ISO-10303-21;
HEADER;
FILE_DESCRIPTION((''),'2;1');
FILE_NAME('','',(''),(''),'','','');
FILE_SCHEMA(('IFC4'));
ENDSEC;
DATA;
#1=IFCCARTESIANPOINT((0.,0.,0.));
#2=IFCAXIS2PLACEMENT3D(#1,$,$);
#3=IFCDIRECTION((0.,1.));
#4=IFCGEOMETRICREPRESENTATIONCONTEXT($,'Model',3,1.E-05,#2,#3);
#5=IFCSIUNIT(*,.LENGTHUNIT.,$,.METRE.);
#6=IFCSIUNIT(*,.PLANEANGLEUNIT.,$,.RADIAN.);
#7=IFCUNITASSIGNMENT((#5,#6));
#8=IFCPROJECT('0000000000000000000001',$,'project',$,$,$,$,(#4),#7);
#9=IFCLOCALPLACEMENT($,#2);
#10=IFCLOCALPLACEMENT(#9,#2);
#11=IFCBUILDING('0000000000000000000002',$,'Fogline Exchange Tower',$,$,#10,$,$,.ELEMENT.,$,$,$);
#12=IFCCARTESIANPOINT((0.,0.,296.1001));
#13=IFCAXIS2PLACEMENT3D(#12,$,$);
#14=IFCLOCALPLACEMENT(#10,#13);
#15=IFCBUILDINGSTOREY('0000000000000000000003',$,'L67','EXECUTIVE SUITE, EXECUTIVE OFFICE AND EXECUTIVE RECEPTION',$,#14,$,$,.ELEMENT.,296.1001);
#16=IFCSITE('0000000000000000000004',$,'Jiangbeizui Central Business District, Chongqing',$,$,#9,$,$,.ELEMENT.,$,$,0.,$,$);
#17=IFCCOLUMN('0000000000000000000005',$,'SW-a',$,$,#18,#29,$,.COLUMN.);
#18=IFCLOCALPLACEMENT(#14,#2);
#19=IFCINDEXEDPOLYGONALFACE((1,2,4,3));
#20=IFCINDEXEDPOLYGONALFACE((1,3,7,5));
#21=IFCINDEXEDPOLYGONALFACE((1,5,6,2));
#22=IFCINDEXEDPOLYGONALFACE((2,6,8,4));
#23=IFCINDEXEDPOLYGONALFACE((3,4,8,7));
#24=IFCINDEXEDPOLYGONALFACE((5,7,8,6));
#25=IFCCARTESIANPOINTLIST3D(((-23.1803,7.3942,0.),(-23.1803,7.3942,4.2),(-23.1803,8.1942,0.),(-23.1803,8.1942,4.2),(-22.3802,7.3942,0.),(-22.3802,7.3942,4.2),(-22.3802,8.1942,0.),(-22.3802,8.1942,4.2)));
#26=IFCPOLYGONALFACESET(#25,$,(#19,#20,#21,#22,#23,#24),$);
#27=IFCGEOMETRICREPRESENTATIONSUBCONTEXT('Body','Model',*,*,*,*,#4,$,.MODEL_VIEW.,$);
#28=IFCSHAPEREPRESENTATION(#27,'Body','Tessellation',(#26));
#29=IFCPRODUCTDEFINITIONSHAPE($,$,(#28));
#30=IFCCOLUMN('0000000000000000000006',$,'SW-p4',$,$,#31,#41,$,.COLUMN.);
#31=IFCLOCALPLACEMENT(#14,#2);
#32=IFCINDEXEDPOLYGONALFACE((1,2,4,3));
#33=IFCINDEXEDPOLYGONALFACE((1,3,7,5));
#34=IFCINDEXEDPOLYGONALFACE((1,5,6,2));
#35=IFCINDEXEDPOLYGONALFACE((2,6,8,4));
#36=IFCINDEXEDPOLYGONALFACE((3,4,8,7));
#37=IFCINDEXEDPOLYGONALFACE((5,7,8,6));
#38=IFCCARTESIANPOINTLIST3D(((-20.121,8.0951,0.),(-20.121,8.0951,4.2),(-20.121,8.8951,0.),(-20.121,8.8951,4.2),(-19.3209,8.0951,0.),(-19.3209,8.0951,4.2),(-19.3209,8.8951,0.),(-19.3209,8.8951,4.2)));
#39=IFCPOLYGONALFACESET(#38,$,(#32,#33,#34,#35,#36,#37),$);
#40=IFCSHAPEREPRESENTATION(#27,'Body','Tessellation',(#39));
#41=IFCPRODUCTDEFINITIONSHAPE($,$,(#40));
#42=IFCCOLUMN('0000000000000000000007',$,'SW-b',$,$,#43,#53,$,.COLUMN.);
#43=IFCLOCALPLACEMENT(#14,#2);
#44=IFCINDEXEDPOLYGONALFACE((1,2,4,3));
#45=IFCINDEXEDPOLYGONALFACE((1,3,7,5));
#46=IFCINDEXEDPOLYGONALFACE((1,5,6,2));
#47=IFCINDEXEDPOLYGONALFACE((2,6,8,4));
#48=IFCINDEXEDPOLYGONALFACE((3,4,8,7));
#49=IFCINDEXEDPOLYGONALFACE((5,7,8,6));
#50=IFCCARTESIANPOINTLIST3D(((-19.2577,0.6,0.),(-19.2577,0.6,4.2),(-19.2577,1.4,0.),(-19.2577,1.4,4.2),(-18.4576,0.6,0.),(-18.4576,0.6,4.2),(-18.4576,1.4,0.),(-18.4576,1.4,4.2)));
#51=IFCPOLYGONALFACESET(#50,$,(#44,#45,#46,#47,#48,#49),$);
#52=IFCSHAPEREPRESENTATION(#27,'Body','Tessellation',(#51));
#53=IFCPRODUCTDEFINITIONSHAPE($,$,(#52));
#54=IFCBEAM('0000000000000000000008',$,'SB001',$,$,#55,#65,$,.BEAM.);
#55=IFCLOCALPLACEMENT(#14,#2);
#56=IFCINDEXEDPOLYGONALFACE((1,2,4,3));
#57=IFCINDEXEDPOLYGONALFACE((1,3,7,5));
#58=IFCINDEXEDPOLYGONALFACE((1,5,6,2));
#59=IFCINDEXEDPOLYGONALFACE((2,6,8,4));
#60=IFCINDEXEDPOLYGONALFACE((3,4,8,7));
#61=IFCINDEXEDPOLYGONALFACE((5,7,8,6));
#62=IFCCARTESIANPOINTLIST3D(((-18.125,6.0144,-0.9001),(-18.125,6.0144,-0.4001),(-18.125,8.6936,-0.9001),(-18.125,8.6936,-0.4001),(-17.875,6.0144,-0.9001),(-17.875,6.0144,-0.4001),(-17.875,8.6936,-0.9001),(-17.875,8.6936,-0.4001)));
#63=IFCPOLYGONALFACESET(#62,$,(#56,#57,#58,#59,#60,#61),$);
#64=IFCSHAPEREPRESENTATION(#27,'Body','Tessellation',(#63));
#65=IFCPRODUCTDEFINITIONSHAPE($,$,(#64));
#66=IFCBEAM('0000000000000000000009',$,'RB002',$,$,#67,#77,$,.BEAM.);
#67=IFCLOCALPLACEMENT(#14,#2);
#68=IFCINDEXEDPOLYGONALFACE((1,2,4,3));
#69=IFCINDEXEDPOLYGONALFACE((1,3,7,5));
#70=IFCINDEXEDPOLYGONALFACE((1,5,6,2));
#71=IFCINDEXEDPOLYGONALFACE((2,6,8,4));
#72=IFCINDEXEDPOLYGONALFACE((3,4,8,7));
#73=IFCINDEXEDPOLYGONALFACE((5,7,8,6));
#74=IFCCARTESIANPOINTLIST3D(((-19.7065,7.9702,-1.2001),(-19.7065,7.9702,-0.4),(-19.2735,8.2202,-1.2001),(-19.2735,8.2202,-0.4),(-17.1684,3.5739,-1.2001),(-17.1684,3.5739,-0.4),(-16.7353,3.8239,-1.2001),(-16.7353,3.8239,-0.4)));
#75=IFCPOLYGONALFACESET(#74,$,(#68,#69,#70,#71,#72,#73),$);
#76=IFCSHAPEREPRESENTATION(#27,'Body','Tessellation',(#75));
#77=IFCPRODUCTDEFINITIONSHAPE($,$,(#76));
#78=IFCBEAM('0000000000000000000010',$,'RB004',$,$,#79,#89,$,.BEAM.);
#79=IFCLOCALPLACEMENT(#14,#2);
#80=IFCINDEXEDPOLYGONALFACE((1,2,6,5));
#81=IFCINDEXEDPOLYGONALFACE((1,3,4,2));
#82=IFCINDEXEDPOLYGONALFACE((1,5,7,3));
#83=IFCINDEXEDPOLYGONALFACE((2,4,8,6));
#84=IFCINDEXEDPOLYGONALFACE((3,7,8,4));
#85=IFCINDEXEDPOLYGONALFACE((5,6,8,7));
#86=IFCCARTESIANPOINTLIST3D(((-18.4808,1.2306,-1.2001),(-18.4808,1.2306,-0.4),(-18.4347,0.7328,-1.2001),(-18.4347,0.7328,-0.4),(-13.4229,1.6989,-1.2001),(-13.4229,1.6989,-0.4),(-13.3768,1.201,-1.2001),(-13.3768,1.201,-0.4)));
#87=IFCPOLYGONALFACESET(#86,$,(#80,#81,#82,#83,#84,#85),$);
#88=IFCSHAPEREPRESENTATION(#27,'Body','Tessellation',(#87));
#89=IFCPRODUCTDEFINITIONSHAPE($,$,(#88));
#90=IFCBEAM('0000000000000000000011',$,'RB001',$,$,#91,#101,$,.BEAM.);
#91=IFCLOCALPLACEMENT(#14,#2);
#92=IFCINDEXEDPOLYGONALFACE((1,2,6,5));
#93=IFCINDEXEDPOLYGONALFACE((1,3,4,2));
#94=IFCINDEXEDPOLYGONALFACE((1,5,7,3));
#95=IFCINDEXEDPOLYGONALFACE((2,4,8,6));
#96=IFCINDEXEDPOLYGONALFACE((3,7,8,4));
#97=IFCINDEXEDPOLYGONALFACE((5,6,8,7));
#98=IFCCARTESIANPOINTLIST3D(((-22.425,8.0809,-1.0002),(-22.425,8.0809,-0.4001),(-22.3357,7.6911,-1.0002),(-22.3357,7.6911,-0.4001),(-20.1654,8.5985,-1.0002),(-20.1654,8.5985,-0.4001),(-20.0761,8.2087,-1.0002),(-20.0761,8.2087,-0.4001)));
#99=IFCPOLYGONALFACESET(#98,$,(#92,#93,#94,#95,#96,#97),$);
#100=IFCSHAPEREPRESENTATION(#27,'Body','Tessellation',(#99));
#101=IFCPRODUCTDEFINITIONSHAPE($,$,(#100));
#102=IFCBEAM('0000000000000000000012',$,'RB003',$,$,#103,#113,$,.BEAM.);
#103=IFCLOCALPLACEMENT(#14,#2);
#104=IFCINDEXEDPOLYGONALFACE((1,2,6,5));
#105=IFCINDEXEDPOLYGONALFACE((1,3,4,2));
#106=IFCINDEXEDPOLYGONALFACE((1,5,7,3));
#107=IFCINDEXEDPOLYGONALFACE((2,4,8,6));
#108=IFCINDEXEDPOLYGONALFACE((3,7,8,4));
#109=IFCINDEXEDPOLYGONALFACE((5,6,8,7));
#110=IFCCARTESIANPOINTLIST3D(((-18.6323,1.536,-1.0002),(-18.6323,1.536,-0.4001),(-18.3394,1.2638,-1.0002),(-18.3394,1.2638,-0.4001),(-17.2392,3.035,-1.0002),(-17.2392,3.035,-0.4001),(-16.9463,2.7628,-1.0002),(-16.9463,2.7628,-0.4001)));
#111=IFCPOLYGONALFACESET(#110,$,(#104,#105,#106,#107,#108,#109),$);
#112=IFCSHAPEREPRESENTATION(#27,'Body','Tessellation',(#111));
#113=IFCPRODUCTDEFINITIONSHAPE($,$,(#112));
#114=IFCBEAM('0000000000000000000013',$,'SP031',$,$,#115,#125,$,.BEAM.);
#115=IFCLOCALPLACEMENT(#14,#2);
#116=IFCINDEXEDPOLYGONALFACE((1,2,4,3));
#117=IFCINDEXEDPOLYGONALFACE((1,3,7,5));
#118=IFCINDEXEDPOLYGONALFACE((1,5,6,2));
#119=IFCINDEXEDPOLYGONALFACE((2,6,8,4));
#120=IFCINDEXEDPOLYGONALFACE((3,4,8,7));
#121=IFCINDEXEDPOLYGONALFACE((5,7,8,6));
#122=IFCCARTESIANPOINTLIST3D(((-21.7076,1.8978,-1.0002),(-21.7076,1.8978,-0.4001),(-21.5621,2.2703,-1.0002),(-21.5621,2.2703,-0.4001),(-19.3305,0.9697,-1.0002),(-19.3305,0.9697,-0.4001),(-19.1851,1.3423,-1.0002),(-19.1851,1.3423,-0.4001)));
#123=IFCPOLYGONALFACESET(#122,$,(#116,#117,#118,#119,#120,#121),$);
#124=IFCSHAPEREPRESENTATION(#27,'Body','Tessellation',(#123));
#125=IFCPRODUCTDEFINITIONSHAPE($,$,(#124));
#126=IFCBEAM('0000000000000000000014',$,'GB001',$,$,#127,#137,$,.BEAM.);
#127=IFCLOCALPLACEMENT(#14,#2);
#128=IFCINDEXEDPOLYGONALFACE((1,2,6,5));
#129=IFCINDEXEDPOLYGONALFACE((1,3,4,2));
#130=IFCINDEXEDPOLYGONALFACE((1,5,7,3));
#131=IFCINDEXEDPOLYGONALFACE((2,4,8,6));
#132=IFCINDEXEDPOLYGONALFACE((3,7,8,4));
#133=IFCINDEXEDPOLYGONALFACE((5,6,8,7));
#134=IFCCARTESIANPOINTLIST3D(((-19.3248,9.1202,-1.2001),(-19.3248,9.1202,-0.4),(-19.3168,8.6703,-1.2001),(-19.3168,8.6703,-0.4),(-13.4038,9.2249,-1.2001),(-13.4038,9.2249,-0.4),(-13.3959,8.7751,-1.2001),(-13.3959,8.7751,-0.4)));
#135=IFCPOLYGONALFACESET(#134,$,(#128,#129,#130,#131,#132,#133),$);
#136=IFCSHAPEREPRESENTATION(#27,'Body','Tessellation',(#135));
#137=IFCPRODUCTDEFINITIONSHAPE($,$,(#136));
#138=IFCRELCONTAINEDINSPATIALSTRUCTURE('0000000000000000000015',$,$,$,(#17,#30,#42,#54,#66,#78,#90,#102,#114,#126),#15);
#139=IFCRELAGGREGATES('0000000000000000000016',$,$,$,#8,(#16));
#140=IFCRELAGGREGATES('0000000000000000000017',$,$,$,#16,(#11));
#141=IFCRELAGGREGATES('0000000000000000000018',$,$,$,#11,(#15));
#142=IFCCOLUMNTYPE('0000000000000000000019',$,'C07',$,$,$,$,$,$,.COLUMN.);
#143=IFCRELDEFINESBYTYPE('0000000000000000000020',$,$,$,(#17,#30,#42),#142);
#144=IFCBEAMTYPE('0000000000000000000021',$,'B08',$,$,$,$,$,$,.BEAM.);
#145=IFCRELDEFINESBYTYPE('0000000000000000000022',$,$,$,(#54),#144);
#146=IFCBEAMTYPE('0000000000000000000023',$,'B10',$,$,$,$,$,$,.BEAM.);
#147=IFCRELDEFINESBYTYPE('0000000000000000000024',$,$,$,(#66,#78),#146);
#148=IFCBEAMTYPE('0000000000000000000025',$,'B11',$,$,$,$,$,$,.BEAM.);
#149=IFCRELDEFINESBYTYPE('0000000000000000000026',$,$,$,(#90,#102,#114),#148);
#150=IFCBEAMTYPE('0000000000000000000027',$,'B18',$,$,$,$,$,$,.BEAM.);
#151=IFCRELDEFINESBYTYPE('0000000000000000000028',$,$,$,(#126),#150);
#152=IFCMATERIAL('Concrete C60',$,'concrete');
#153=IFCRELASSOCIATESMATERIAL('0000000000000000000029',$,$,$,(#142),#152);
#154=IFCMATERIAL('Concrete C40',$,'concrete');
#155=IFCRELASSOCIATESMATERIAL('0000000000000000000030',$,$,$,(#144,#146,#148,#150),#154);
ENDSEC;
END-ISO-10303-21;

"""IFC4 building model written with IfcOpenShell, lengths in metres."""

from ifc_helpers import new_model, si_unit, direction, frame, origin, origin_2d, place, context, subcontext, project, spatial, rectangle, extrude, material, material_profile, profile_set, type_object, element, save


model = new_model("IFC4")

# Units and contexts
model_context = context("Model", 3, precision=1e-05, world=origin(), true_north=direction((0.0, 1.0)))
body_context = subcontext(model_context, "Body", "Model", "MODEL_VIEW")
ifc_project = project(units=[si_unit("LENGTHUNIT", "METRE"), si_unit("PLANEANGLEUNIT", "RADIAN")], contexts=[model_context])

# Site, building, storey
site_placement = place(None, origin())
site = spatial("IfcSite", under=ifc_project, at=site_placement, Name="Jiangbeizui Central Business District, Chongqing", CompositionType="ELEMENT", RefElevation=0.0)
building_placement = place(site_placement, origin())
building = spatial("IfcBuilding", under=site, at=building_placement, Name="Fogline Exchange Tower", CompositionType="ELEMENT")
storey_placement = place(building_placement, frame((0.0, 0.0, 296.1001)))
storey = spatial("IfcBuildingStorey", under=building, at=storey_placement, Name="L67", Description="EXECUTIVE SUITE, EXECUTIVE OFFICE AND EXECUTIVE RECEPTION", CompositionType="ELEMENT", Elevation=296.1001)

# Columns
ifc_material_1 = material(Name="Concrete C60", Category="concrete")
ifc_material_profile_1 = material_profile(ifc_material_1, rectangle(XDim=0.8, YDim=0.8, at=origin_2d()), Name="RC 800x800")
ifc_profile_set_1 = profile_set([ifc_material_profile_1], Name="Concrete C60")
column_type = type_object("IfcColumnType", Name="C07", PredefinedType="COLUMN", material=ifc_profile_set_1)
for number, where, z_axis, x_axis, name in (
    (1, (-22.7803, 7.7942, 0.0), (0.0, 0.0, 1.0), (1.0, 0.0, 0.0), "SW-a"),
    (2, (-19.7209, 8.4951, 0.0), (0.0, 0.0, 1.0), (1.0, 0.0, 0.0), "SW-p4"),
    (3, (-18.8577, 1.0, 0.0), (0.0, 0.0, 1.0), (1.0, 0.0, 0.0), "SW-b"),
):
    element("IfcColumn", number, at=place(storey_placement, frame(where, z_axis=z_axis, x_axis=x_axis)), inside=storey, type_object=column_type, Name=name, PredefinedType="COLUMN", context=body_context, shape_type="SweptSolid", body=[
        extrude(rectangle(XDim=0.8, YDim=0.8, at=origin_2d()), origin(), (0.0, 0.0, 1.0), 4.2),
    ])

# Beams
ifc_material_2 = material(Name="Concrete C40", Category="concrete")
ifc_material_profile_2 = material_profile(ifc_material_2, rectangle(XDim=0.25, YDim=0.5, at=origin_2d()), Name="RC 250x500")
ifc_profile_set_2 = profile_set([ifc_material_profile_2], Name="Concrete C40")
beam_type_1 = type_object("IfcBeamType", Name="B08", PredefinedType="BEAM", material=ifc_profile_set_2)
beam_1_placement = place(storey_placement, frame((-18.0, 6.0144, -0.6501), z_axis=(0.0, 1.0, 0.0), x_axis=(-1.0, 0.0, 0.0)))
element("IfcBeam", 4, at=beam_1_placement, inside=storey, type_object=beam_type_1, Name="SB001", PredefinedType="BEAM", context=body_context, shape_type="SweptSolid", body=[
    extrude(rectangle(XDim=0.25, YDim=0.5, at=origin_2d()), origin(), (0.0, 0.0, 1.0), 2.6792),
])
ifc_material_profile_3 = material_profile(ifc_material_2, rectangle(XDim=0.5, YDim=0.8, at=origin_2d()), Name="RC 500x800")
ifc_profile_set_3 = profile_set([ifc_material_profile_3], Name="Concrete C40")
beam_type_2 = type_object("IfcBeamType", Name="B10", PredefinedType="BEAM", material=ifc_profile_set_3)
beam_2_placement = place(storey_placement, frame((-19.49, 8.0952, -0.8), z_axis=(0.499988, -0.866033, 0.0), x_axis=(0.866033, 0.499988, 0.0)))
element("IfcBeam", 5, at=beam_2_placement, inside=storey, type_object=beam_type_2, Name="RB002", PredefinedType="BEAM", context=body_context, shape_type="SweptSolid", body=[
    extrude(rectangle(XDim=0.5, YDim=0.8, at=origin_2d()), origin(), (0.0, 0.0, 1.0), 5.0764),
])
beam_3_placement = place(storey_placement, frame((-18.4578, 0.9817, -0.8), z_axis=(0.995742, 0.092187, 0.0), x_axis=(-0.092187, 0.995742, 0.0)))
element("IfcBeam", 6, at=beam_3_placement, inside=storey, type_object=beam_type_2, Name="RB004", PredefinedType="BEAM", context=body_context, shape_type="SweptSolid", body=[
    extrude(rectangle(XDim=0.5, YDim=0.8, at=origin_2d()), origin(), (0.0, 0.0, 1.0), 5.0796),
])
ifc_material_profile_4 = material_profile(ifc_material_2, rectangle(XDim=0.3999, YDim=0.6001, at=origin_2d()), Name="RC 400x600")
ifc_profile_set_4 = profile_set([ifc_material_profile_4], Name="Concrete C40")
beam_type_3 = type_object("IfcBeamType", Name="B11", PredefinedType="BEAM", material=ifc_profile_set_4)
beam_4_placement = place(storey_placement, frame((-22.3804, 7.886, -0.7002), z_axis=(0.974754, 0.223282, 0.0), x_axis=(-0.223282, 0.974754, 0.0)))
element("IfcBeam", 7, at=beam_4_placement, inside=storey, type_object=beam_type_3, Name="RB001", PredefinedType="BEAM", context=body_context, shape_type="SweptSolid", body=[
    extrude(rectangle(XDim=0.3999, YDim=0.6001, at=origin_2d()), origin(), (0.0, 0.0, 1.0), 2.3181),
])
beam_5_placement = place(storey_placement, frame((-17.0928, 2.8989, -0.7002), z_axis=(-0.680744, -0.732521, 0.0), x_axis=(0.732521, -0.680744, 0.0)))
element("IfcBeam", 8, at=beam_5_placement, inside=storey, type_object=beam_type_3, Name="RB003", PredefinedType="BEAM", context=body_context, shape_type="SweptSolid", body=[
    extrude(rectangle(XDim=0.3999, YDim=0.6001, at=origin_2d()), origin(), (0.0, 0.0, 1.0), 2.0464),
])
beam_6_placement = place(storey_placement, frame((-19.2578, 1.156, -0.7002), z_axis=(-0.931526, 0.363674, 0.0), x_axis=(-0.363674, -0.931526, 0.0)))
element("IfcBeam", 9, at=beam_6_placement, inside=storey, type_object=beam_type_3, Name="SP031", PredefinedType="BEAM", context=body_context, shape_type="SweptSolid", body=[
    extrude(rectangle(XDim=0.3999, YDim=0.6001, at=origin_2d()), origin(), (0.0, 0.0, 1.0), 2.5518),
])
ifc_material_profile_5 = material_profile(ifc_material_2, rectangle(XDim=0.45, YDim=0.8, at=origin_2d()), Name="RC 450x800")
ifc_profile_set_5 = profile_set([ifc_material_profile_5], Name="Concrete C40")
beam_type_4 = type_object("IfcBeamType", Name="B18", PredefinedType="BEAM", material=ifc_profile_set_5)
beam_7_placement = place(storey_placement, frame((-19.3208, 8.8953, -0.8), z_axis=(0.999844, 0.017686, 0.0), x_axis=(-0.017686, 0.999844, 0.0)))
element("IfcBeam", 10, at=beam_7_placement, inside=storey, type_object=beam_type_4, Name="GB001", PredefinedType="BEAM", context=body_context, shape_type="SweptSolid", body=[
    extrude(rectangle(XDim=0.45, YDim=0.8, at=origin_2d()), origin(), (0.0, 0.0, 1.0), 5.9219),
])

save(model, "model.ifc")
